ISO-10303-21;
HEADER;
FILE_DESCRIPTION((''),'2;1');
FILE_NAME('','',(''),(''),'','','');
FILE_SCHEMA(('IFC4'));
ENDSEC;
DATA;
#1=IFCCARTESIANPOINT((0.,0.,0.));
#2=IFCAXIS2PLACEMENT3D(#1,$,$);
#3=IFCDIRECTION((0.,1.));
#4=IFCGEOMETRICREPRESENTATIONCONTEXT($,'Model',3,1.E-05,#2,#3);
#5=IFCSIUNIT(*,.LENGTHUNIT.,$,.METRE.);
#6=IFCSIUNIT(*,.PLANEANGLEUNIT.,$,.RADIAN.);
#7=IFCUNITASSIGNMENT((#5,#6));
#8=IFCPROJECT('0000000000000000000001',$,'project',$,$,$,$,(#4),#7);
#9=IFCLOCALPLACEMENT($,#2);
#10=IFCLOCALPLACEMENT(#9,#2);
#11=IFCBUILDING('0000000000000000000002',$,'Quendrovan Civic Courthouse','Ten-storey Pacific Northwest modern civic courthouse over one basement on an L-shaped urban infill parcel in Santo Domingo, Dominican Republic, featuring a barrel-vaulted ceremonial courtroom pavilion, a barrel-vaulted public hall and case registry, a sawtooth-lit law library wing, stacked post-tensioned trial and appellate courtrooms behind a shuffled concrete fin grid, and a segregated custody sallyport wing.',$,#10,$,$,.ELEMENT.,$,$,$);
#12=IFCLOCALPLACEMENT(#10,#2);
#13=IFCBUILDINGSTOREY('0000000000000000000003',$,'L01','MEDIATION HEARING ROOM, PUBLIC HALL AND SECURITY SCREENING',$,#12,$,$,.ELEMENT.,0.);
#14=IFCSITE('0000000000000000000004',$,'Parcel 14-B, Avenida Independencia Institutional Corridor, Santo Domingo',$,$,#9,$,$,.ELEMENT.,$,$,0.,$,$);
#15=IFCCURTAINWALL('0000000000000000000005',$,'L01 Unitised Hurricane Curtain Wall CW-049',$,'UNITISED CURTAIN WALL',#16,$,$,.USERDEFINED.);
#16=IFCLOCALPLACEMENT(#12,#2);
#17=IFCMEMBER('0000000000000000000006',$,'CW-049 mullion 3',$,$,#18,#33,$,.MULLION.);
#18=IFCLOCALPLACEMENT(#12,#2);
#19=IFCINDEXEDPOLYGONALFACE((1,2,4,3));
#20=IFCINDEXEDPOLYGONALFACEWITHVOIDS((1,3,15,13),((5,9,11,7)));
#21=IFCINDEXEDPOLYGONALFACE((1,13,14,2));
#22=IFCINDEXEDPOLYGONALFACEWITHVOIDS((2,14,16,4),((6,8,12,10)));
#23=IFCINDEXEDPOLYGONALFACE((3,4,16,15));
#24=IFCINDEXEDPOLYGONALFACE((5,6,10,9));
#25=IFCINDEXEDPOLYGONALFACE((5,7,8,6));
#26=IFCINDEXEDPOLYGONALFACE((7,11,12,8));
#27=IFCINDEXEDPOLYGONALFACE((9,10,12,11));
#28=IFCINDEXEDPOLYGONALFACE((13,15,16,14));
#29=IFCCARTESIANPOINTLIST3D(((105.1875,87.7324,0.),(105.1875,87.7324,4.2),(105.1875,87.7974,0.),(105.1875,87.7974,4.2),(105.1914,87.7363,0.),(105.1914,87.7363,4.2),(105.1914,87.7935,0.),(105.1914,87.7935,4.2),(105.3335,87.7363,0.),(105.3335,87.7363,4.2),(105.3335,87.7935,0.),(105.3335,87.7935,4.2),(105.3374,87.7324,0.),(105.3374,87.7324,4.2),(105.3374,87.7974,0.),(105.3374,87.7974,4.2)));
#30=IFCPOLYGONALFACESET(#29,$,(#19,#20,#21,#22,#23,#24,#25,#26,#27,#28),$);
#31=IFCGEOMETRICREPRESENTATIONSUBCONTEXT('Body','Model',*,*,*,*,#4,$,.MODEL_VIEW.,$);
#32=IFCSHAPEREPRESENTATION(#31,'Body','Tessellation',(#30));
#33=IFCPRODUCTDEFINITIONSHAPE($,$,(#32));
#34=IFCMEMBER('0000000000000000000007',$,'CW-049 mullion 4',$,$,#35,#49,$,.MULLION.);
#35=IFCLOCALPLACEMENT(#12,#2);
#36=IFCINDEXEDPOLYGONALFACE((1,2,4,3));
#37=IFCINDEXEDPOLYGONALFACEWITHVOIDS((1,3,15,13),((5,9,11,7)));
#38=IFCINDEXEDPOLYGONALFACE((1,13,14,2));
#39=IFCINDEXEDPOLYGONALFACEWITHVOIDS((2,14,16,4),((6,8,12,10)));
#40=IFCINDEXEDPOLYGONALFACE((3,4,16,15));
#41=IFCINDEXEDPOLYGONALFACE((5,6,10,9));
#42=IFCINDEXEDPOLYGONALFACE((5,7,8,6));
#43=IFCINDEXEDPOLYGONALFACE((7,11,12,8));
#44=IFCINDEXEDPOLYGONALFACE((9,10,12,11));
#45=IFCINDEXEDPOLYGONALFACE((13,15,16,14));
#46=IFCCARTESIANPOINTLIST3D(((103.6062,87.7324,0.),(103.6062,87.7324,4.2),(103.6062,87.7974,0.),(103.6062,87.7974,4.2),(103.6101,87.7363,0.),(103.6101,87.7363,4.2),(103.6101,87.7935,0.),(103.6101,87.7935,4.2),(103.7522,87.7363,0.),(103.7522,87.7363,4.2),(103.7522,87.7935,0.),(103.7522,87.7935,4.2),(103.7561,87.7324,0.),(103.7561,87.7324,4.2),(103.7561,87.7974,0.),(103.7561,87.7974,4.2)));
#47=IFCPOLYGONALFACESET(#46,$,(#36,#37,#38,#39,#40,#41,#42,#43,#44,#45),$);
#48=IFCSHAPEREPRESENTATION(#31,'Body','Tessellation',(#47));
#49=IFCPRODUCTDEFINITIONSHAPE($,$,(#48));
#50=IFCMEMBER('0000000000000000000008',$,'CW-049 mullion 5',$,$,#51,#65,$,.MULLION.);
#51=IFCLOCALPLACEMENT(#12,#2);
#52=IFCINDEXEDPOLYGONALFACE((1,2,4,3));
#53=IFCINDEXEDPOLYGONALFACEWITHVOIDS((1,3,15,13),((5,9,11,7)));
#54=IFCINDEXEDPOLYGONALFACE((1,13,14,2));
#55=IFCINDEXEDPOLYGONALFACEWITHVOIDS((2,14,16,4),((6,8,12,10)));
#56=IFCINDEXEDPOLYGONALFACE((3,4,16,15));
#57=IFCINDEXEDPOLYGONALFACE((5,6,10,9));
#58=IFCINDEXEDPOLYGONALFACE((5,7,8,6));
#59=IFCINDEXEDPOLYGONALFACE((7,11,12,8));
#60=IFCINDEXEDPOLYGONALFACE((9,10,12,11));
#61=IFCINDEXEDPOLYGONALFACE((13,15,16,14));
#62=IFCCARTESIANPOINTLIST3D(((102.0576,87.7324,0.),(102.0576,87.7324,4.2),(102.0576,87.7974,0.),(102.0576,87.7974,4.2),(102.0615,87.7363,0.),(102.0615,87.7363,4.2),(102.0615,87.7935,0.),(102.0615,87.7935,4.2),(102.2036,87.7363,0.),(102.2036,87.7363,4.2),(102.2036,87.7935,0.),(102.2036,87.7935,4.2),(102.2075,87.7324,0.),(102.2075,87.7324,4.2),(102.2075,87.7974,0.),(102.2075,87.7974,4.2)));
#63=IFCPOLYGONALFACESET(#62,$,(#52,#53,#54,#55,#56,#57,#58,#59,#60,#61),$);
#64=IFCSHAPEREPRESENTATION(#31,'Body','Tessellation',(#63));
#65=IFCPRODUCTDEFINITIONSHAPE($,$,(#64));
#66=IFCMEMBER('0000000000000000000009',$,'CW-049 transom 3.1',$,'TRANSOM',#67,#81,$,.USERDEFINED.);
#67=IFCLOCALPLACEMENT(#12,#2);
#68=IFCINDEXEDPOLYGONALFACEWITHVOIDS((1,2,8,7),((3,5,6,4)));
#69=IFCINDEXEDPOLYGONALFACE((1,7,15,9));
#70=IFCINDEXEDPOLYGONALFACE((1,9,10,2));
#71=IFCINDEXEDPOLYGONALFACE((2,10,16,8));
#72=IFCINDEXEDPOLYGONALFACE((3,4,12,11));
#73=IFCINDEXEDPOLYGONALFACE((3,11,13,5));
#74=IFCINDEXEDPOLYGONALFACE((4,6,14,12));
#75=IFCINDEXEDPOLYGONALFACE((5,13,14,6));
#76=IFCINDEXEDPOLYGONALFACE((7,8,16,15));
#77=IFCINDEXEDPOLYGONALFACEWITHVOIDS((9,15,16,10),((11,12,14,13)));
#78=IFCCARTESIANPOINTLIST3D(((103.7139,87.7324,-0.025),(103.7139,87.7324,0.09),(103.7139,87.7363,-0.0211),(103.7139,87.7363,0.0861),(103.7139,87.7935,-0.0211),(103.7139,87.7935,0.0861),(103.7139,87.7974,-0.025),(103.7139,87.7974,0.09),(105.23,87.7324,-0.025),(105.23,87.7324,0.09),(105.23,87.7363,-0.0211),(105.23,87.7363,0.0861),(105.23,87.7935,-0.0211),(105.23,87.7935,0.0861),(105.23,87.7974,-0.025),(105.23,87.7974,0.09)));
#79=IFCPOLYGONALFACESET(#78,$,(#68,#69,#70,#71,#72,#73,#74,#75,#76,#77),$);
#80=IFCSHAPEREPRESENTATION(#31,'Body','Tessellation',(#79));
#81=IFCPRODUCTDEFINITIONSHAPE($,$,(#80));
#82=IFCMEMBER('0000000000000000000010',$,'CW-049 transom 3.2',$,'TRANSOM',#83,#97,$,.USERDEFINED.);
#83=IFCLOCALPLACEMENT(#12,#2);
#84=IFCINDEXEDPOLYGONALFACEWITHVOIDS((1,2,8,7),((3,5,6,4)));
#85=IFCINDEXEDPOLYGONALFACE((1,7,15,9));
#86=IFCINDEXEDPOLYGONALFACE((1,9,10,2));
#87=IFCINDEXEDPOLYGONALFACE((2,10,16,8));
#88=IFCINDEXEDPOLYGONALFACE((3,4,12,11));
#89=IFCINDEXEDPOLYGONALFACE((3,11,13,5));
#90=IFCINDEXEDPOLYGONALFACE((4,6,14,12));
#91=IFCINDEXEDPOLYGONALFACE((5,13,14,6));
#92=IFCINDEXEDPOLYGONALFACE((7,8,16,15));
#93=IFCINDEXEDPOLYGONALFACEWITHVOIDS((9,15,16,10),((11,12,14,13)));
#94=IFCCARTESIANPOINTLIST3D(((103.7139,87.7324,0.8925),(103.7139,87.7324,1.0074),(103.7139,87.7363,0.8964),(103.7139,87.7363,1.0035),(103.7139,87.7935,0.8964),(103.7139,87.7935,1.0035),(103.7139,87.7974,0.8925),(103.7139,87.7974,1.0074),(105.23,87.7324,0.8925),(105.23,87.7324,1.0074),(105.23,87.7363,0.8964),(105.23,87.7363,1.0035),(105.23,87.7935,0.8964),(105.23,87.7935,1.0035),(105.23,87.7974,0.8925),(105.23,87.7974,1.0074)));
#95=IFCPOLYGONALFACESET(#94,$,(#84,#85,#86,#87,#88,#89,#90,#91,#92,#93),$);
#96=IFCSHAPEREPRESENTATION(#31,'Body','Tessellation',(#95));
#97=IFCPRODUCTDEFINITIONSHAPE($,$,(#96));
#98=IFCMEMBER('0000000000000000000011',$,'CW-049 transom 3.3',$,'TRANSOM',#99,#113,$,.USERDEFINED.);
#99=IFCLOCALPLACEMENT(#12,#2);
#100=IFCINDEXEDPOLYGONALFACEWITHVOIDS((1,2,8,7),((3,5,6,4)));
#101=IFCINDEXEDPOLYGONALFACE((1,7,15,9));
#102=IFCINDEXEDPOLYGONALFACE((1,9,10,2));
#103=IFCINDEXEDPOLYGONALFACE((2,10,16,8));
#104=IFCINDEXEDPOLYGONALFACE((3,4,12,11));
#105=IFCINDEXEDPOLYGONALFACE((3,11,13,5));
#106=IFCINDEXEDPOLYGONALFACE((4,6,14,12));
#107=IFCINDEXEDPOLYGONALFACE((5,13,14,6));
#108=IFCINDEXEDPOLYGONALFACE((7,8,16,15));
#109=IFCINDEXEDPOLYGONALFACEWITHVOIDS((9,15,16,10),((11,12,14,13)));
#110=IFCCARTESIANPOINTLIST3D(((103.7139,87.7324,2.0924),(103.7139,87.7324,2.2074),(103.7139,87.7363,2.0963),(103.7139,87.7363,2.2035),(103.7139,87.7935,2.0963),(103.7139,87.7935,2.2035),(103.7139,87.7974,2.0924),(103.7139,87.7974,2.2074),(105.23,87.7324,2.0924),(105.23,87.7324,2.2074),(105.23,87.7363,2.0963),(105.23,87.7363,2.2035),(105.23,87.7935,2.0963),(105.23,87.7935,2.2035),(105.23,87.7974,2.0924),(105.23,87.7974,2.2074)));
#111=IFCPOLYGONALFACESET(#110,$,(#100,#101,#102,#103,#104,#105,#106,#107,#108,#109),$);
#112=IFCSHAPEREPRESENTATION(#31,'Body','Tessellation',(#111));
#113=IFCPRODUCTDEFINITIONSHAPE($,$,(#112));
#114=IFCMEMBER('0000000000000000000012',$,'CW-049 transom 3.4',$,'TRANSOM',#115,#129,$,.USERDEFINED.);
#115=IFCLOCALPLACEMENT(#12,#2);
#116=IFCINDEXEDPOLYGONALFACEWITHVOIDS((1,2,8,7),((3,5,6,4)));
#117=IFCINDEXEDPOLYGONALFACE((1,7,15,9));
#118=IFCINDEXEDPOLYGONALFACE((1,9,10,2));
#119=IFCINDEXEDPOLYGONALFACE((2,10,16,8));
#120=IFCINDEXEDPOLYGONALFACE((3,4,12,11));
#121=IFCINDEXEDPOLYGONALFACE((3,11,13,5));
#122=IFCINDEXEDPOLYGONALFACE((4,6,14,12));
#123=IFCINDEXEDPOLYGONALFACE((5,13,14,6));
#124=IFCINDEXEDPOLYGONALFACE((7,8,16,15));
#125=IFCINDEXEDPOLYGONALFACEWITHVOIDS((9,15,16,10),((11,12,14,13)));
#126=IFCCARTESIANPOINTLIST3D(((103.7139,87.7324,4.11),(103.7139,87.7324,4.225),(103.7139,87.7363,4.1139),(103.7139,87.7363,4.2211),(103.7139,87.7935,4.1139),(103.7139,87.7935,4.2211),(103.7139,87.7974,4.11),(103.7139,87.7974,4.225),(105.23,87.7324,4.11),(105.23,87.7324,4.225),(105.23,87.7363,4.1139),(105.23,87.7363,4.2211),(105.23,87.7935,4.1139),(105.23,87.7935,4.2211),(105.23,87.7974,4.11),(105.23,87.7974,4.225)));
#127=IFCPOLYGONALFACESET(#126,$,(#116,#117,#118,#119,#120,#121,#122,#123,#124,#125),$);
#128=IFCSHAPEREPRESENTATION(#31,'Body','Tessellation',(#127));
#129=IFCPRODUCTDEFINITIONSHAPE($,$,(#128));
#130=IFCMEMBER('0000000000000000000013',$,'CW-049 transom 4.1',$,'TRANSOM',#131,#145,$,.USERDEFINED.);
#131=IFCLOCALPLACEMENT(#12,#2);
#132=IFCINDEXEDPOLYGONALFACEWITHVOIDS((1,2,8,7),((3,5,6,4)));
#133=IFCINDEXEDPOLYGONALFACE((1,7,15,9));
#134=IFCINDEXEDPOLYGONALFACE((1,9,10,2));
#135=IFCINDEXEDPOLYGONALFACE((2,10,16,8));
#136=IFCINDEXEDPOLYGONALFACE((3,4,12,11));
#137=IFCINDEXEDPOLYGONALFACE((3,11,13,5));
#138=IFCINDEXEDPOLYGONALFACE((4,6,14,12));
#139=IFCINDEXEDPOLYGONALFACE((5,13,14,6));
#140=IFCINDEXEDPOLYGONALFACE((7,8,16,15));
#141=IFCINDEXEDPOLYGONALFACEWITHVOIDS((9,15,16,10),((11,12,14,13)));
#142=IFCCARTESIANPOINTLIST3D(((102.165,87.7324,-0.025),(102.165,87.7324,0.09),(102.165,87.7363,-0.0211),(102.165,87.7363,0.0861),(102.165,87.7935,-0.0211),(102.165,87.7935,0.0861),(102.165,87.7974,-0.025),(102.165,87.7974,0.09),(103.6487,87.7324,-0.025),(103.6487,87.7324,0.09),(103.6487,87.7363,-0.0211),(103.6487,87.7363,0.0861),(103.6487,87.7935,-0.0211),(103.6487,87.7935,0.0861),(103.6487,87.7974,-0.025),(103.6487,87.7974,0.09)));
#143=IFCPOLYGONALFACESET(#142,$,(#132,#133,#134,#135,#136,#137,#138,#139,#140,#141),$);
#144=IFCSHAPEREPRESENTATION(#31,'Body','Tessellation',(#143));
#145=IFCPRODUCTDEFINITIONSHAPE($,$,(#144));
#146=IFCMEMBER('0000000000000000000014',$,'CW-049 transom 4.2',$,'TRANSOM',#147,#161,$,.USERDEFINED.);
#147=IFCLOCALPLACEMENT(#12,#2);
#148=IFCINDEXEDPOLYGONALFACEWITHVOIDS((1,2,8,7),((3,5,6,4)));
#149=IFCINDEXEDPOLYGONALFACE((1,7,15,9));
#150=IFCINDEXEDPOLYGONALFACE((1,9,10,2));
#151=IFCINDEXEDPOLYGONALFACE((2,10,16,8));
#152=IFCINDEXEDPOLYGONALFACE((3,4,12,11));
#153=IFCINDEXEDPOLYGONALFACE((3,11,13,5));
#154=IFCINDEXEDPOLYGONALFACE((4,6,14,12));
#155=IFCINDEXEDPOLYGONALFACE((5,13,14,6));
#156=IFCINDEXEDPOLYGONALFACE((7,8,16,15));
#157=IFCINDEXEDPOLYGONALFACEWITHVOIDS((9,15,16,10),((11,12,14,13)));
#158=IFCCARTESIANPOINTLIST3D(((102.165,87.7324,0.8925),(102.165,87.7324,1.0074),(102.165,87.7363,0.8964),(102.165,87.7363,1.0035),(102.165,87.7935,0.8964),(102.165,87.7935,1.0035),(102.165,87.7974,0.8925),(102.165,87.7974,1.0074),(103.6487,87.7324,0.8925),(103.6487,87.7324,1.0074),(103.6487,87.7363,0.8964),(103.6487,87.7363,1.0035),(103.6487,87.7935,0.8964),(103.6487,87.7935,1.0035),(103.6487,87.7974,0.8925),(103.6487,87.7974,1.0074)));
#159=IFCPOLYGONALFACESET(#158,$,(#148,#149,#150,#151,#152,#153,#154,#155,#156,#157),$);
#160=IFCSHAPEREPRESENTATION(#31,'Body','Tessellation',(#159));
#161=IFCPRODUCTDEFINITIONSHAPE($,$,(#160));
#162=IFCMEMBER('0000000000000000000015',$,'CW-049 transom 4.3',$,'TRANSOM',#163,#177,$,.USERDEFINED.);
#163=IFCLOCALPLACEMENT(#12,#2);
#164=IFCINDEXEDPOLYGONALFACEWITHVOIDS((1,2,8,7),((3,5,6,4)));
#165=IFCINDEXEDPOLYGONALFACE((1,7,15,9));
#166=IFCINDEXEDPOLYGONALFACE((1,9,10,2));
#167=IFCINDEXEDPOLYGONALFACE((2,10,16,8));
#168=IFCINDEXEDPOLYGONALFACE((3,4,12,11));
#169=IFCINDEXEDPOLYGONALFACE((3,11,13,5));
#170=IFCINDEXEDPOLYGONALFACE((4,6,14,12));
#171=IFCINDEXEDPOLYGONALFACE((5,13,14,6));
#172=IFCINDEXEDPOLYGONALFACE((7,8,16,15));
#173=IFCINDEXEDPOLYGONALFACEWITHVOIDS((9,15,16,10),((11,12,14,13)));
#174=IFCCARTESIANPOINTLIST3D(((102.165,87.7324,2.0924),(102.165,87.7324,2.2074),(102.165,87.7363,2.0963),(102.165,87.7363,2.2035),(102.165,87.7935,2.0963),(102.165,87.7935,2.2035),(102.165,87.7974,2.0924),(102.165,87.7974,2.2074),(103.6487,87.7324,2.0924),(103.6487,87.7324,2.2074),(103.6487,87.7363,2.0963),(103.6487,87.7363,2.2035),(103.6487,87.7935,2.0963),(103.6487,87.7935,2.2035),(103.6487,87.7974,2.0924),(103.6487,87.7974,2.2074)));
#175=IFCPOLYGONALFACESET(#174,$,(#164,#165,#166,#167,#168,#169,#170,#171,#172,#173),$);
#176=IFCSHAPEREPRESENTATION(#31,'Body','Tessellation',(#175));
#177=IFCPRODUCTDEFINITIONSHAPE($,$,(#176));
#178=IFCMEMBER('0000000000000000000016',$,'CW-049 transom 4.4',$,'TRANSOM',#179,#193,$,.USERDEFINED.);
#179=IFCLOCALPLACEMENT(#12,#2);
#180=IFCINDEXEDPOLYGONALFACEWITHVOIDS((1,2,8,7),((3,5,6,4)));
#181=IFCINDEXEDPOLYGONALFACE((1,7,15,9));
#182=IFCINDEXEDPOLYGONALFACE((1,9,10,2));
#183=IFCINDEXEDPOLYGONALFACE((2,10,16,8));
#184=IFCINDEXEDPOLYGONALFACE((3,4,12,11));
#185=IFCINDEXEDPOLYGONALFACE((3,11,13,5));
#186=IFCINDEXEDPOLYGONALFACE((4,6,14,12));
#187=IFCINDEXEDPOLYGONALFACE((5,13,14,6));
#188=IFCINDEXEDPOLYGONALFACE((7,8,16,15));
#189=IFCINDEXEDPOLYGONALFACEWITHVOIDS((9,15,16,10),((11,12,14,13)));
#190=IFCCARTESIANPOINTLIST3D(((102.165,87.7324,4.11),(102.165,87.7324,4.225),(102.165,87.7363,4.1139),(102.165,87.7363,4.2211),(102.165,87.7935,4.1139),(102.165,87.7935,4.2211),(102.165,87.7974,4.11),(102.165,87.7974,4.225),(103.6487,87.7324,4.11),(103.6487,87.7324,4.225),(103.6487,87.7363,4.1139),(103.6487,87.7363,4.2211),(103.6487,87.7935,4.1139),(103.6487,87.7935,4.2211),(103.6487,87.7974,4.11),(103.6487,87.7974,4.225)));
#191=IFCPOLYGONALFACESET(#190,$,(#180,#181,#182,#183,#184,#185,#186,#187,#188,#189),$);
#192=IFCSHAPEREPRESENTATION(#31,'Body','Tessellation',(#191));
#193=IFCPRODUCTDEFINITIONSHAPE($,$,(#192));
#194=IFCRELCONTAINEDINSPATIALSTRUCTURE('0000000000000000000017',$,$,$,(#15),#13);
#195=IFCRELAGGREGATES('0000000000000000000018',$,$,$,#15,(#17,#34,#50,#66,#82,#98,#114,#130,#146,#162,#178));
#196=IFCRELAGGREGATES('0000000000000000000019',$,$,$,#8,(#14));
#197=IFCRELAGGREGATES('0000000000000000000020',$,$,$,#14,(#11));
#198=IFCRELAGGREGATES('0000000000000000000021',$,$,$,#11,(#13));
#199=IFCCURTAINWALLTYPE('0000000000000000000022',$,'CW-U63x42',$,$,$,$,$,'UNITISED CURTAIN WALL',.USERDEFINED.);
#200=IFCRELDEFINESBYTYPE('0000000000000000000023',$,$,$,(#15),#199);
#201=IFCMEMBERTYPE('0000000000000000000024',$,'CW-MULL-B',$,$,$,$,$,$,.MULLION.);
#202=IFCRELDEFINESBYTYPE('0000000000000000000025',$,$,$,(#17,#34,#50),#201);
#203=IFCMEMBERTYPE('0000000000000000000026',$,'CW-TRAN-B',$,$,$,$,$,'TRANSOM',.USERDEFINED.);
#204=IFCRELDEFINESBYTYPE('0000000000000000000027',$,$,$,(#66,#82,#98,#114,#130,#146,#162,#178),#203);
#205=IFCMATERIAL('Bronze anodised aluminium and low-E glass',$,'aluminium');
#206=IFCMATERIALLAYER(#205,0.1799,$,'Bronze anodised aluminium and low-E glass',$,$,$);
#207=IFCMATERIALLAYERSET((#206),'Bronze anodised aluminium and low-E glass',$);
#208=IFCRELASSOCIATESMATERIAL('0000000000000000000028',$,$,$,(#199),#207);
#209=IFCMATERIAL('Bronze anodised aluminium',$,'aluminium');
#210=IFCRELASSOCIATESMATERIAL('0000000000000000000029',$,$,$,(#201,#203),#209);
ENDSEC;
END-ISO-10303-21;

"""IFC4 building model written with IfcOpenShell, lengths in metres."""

from ifc_helpers import new_model, si_unit, direction, frame, origin, origin_2d, place, context, subcontext, project, spatial, hollow_rectangle, extrude, material, layer, layer_set, material_profile, profile_set, type_object, element, aggregate, save


model = new_model("IFC4")

# Units and contexts
model_context = context("Model", 3, precision=1e-05, world=origin(), true_north=direction((0.0, 1.0)))
body_context = subcontext(model_context, "Body", "Model", "MODEL_VIEW")
ifc_project = project(units=[si_unit("LENGTHUNIT", "METRE"), si_unit("PLANEANGLEUNIT", "RADIAN")], contexts=[model_context])

# Site, building, storey
site_placement = place(None, origin())
site = spatial("IfcSite", under=ifc_project, at=site_placement, Name="Parcel 14-B, Avenida Independencia Institutional Corridor, Santo Domingo", CompositionType="ELEMENT", RefElevation=0.0)
building_placement = place(site_placement, origin())
building = spatial("IfcBuilding", under=site, at=building_placement, Name="Quendrovan Civic Courthouse", Description="Ten-storey Pacific Northwest modern civic courthouse over one basement on an L-shaped urban infill parcel in Santo Domingo, Dominican Republic, featuring a barrel-vaulted ceremonial courtroom pavilion, a barrel-vaulted public hall and case registry, a sawtooth-lit law library wing, stacked post-tensioned trial and appellate courtrooms behind a shuffled concrete fin grid, and a segregated custody sallyport wing.", CompositionType="ELEMENT")
storey_placement = place(building_placement, origin())
storey = spatial("IfcBuildingStorey", under=building, at=storey_placement, Name="L01", Description="MEDIATION HEARING ROOM, PUBLIC HALL AND SECURITY SCREENING", CompositionType="ELEMENT", Elevation=0.0)

# Curtain wall, members
ifc_material_1 = material(Name="Bronze anodised aluminium and low-E glass", Category="aluminium")
ifc_layer_1 = layer(ifc_material_1, 0.1799, Name="Bronze anodised aluminium and low-E glass")
ifc_layer_set_1 = layer_set([ifc_layer_1], Name="Bronze anodised aluminium and low-E glass")
curtain_wall_type = type_object("IfcCurtainWallType", Name="CW-U63x42", ElementType="UNITISED CURTAIN WALL", PredefinedType="USERDEFINED", material=ifc_layer_set_1)
curtain_wall_placement = place(storey_placement, origin())
curtain_wall = element("IfcCurtainWall", 1, at=curtain_wall_placement, inside=storey, type_object=curtain_wall_type, Name="L01 Unitised Hurricane Curtain Wall CW-049", ObjectType="UNITISED CURTAIN WALL", PredefinedType="USERDEFINED")
ifc_material_2 = material(Name="Bronze anodised aluminium", Category="aluminium")
ifc_material_profile_1 = material_profile(ifc_material_2, hollow_rectangle(XDim=0.0649, YDim=0.1499, WallThickness=0.0039, at=origin_2d()), Name="CW-MULL-65x150")
ifc_profile_set_1 = profile_set([ifc_material_profile_1], Name="Bronze anodised aluminium")
member_type_1 = type_object("IfcMemberType", Name="CW-MULL-B", PredefinedType="MULLION", material=ifc_profile_set_1)
member_1_placement = place(storey_placement, frame((105.2625, 87.7649, 0.0), z_axis=(0.0, 0.0, 1.0), x_axis=(0.0, -1.0, 0.0)))
member_1 = element("IfcMember", 2, at=member_1_placement, type_object=member_type_1, Name="CW-049 mullion 3", PredefinedType="MULLION", context=body_context, shape_type="SweptSolid", body=[
    extrude(hollow_rectangle(XDim=0.0649, YDim=0.1499, WallThickness=0.0039, at=origin_2d()), origin(), (0.0, 0.0, 1.0), 4.2),
])
member_2_placement = place(storey_placement, frame((103.6812, 87.7649, 0.0), z_axis=(0.0, 0.0, 1.0), x_axis=(0.0, -1.0, 0.0)))
member_2 = element("IfcMember", 3, at=member_2_placement, type_object=member_type_1, Name="CW-049 mullion 4", PredefinedType="MULLION", context=body_context, shape_type="SweptSolid", body=[
    extrude(hollow_rectangle(XDim=0.0649, YDim=0.1499, WallThickness=0.0039, at=origin_2d()), origin(), (0.0, 0.0, 1.0), 4.2),
])
member_3_placement = place(storey_placement, frame((102.1326, 87.7649, 0.0), z_axis=(0.0, 0.0, 1.0), x_axis=(0.0, -1.0, 0.0)))
member_3 = element("IfcMember", 4, at=member_3_placement, type_object=member_type_1, Name="CW-049 mullion 5", PredefinedType="MULLION", context=body_context, shape_type="SweptSolid", body=[
    extrude(hollow_rectangle(XDim=0.0649, YDim=0.1499, WallThickness=0.0039, at=origin_2d()), origin(), (0.0, 0.0, 1.0), 4.2),
])
ifc_material_profile_2 = material_profile(ifc_material_2, hollow_rectangle(XDim=0.0649, YDim=0.115, WallThickness=0.0039, at=origin_2d()), Name="CW-TRAN-65x115")
ifc_profile_set_2 = profile_set([ifc_material_profile_2], Name="Bronze anodised aluminium")
member_type_2 = type_object("IfcMemberType", Name="CW-TRAN-B", ElementType="TRANSOM", PredefinedType="USERDEFINED", material=ifc_profile_set_2)
member_4_placement = place(storey_placement, frame((105.23, 87.7649, 0.0325), z_axis=(-1.0, 0.0, 0.0), x_axis=(0.0, -1.0, 0.0)))
member_4 = element("IfcMember", 5, at=member_4_placement, type_object=member_type_2, Name="CW-049 transom 3.1", ObjectType="TRANSOM", PredefinedType="USERDEFINED", context=body_context, shape_type="SweptSolid", body=[
    extrude(hollow_rectangle(XDim=0.0649, YDim=0.115, WallThickness=0.0039, at=origin_2d()), origin(), (0.0, 0.0, 1.0), 1.5161),
])
member_5_placement = place(storey_placement, frame((105.23, 87.7649, 0.95), z_axis=(-1.0, 0.0, 0.0), x_axis=(0.0, -1.0, 0.0)))
member_5 = element("IfcMember", 6, at=member_5_placement, type_object=member_type_2, Name="CW-049 transom 3.2", ObjectType="TRANSOM", PredefinedType="USERDEFINED", context=body_context, shape_type="SweptSolid", body=[
    extrude(hollow_rectangle(XDim=0.0649, YDim=0.115, WallThickness=0.0039, at=origin_2d()), origin(), (0.0, 0.0, 1.0), 1.5161),
])
member_6_placement = place(storey_placement, frame((105.23, 87.7649, 2.1499), z_axis=(-1.0, 0.0, 0.0), x_axis=(0.0, -1.0, 0.0)))
member_6 = element("IfcMember", 7, at=member_6_placement, type_object=member_type_2, Name="CW-049 transom 3.3", ObjectType="TRANSOM", PredefinedType="USERDEFINED", context=body_context, shape_type="SweptSolid", body=[
    extrude(hollow_rectangle(XDim=0.0649, YDim=0.115, WallThickness=0.0039, at=origin_2d()), origin(), (0.0, 0.0, 1.0), 1.5161),
])
member_7_placement = place(storey_placement, frame((105.23, 87.7649, 4.1675), z_axis=(-1.0, 0.0, 0.0), x_axis=(0.0, -1.0, 0.0)))
member_7 = element("IfcMember", 8, at=member_7_placement, type_object=member_type_2, Name="CW-049 transom 3.4", ObjectType="TRANSOM", PredefinedType="USERDEFINED", context=body_context, shape_type="SweptSolid", body=[
    extrude(hollow_rectangle(XDim=0.0649, YDim=0.115, WallThickness=0.0039, at=origin_2d()), origin(), (0.0, 0.0, 1.0), 1.5161),
])
member_8_placement = place(storey_placement, frame((103.6487, 87.7649, 0.0325), z_axis=(-1.0, 0.0, 0.0), x_axis=(0.0, -1.0, 0.0)))
member_8 = element("IfcMember", 9, at=member_8_placement, type_object=member_type_2, Name="CW-049 transom 4.1", ObjectType="TRANSOM", PredefinedType="USERDEFINED", context=body_context, shape_type="SweptSolid", body=[
    extrude(hollow_rectangle(XDim=0.0649, YDim=0.115, WallThickness=0.0039, at=origin_2d()), origin(), (0.0, 0.0, 1.0), 1.4836),
])
member_9_placement = place(storey_placement, frame((103.6487, 87.7649, 0.95), z_axis=(-1.0, 0.0, 0.0), x_axis=(0.0, -1.0, 0.0)))
member_9 = element("IfcMember", 10, at=member_9_placement, type_object=member_type_2, Name="CW-049 transom 4.2", ObjectType="TRANSOM", PredefinedType="USERDEFINED", context=body_context, shape_type="SweptSolid", body=[
    extrude(hollow_rectangle(XDim=0.0649, YDim=0.115, WallThickness=0.0039, at=origin_2d()), origin(), (0.0, 0.0, 1.0), 1.4836),
])
member_10_placement = place(storey_placement, frame((103.6487, 87.7649, 2.1499), z_axis=(-1.0, 0.0, 0.0), x_axis=(0.0, -1.0, 0.0)))
member_10 = element("IfcMember", 11, at=member_10_placement, type_object=member_type_2, Name="CW-049 transom 4.3", ObjectType="TRANSOM", PredefinedType="USERDEFINED", context=body_context, shape_type="SweptSolid", body=[
    extrude(hollow_rectangle(XDim=0.0649, YDim=0.115, WallThickness=0.0039, at=origin_2d()), origin(), (0.0, 0.0, 1.0), 1.4836),
])
member_11_placement = place(storey_placement, frame((103.6487, 87.7649, 4.1675), z_axis=(-1.0, 0.0, 0.0), x_axis=(0.0, -1.0, 0.0)))
member_11 = element("IfcMember", 12, at=member_11_placement, type_object=member_type_2, Name="CW-049 transom 4.4", ObjectType="TRANSOM", PredefinedType="USERDEFINED", context=body_context, shape_type="SweptSolid", body=[
    extrude(hollow_rectangle(XDim=0.0649, YDim=0.115, WallThickness=0.0039, at=origin_2d()), origin(), (0.0, 0.0, 1.0), 1.4836),
])
aggregate(curtain_wall, [member_1, member_2, member_3, member_4, member_5, member_6, member_7, member_8, member_9, member_10, member_11])

save(model, "model.ifc")
